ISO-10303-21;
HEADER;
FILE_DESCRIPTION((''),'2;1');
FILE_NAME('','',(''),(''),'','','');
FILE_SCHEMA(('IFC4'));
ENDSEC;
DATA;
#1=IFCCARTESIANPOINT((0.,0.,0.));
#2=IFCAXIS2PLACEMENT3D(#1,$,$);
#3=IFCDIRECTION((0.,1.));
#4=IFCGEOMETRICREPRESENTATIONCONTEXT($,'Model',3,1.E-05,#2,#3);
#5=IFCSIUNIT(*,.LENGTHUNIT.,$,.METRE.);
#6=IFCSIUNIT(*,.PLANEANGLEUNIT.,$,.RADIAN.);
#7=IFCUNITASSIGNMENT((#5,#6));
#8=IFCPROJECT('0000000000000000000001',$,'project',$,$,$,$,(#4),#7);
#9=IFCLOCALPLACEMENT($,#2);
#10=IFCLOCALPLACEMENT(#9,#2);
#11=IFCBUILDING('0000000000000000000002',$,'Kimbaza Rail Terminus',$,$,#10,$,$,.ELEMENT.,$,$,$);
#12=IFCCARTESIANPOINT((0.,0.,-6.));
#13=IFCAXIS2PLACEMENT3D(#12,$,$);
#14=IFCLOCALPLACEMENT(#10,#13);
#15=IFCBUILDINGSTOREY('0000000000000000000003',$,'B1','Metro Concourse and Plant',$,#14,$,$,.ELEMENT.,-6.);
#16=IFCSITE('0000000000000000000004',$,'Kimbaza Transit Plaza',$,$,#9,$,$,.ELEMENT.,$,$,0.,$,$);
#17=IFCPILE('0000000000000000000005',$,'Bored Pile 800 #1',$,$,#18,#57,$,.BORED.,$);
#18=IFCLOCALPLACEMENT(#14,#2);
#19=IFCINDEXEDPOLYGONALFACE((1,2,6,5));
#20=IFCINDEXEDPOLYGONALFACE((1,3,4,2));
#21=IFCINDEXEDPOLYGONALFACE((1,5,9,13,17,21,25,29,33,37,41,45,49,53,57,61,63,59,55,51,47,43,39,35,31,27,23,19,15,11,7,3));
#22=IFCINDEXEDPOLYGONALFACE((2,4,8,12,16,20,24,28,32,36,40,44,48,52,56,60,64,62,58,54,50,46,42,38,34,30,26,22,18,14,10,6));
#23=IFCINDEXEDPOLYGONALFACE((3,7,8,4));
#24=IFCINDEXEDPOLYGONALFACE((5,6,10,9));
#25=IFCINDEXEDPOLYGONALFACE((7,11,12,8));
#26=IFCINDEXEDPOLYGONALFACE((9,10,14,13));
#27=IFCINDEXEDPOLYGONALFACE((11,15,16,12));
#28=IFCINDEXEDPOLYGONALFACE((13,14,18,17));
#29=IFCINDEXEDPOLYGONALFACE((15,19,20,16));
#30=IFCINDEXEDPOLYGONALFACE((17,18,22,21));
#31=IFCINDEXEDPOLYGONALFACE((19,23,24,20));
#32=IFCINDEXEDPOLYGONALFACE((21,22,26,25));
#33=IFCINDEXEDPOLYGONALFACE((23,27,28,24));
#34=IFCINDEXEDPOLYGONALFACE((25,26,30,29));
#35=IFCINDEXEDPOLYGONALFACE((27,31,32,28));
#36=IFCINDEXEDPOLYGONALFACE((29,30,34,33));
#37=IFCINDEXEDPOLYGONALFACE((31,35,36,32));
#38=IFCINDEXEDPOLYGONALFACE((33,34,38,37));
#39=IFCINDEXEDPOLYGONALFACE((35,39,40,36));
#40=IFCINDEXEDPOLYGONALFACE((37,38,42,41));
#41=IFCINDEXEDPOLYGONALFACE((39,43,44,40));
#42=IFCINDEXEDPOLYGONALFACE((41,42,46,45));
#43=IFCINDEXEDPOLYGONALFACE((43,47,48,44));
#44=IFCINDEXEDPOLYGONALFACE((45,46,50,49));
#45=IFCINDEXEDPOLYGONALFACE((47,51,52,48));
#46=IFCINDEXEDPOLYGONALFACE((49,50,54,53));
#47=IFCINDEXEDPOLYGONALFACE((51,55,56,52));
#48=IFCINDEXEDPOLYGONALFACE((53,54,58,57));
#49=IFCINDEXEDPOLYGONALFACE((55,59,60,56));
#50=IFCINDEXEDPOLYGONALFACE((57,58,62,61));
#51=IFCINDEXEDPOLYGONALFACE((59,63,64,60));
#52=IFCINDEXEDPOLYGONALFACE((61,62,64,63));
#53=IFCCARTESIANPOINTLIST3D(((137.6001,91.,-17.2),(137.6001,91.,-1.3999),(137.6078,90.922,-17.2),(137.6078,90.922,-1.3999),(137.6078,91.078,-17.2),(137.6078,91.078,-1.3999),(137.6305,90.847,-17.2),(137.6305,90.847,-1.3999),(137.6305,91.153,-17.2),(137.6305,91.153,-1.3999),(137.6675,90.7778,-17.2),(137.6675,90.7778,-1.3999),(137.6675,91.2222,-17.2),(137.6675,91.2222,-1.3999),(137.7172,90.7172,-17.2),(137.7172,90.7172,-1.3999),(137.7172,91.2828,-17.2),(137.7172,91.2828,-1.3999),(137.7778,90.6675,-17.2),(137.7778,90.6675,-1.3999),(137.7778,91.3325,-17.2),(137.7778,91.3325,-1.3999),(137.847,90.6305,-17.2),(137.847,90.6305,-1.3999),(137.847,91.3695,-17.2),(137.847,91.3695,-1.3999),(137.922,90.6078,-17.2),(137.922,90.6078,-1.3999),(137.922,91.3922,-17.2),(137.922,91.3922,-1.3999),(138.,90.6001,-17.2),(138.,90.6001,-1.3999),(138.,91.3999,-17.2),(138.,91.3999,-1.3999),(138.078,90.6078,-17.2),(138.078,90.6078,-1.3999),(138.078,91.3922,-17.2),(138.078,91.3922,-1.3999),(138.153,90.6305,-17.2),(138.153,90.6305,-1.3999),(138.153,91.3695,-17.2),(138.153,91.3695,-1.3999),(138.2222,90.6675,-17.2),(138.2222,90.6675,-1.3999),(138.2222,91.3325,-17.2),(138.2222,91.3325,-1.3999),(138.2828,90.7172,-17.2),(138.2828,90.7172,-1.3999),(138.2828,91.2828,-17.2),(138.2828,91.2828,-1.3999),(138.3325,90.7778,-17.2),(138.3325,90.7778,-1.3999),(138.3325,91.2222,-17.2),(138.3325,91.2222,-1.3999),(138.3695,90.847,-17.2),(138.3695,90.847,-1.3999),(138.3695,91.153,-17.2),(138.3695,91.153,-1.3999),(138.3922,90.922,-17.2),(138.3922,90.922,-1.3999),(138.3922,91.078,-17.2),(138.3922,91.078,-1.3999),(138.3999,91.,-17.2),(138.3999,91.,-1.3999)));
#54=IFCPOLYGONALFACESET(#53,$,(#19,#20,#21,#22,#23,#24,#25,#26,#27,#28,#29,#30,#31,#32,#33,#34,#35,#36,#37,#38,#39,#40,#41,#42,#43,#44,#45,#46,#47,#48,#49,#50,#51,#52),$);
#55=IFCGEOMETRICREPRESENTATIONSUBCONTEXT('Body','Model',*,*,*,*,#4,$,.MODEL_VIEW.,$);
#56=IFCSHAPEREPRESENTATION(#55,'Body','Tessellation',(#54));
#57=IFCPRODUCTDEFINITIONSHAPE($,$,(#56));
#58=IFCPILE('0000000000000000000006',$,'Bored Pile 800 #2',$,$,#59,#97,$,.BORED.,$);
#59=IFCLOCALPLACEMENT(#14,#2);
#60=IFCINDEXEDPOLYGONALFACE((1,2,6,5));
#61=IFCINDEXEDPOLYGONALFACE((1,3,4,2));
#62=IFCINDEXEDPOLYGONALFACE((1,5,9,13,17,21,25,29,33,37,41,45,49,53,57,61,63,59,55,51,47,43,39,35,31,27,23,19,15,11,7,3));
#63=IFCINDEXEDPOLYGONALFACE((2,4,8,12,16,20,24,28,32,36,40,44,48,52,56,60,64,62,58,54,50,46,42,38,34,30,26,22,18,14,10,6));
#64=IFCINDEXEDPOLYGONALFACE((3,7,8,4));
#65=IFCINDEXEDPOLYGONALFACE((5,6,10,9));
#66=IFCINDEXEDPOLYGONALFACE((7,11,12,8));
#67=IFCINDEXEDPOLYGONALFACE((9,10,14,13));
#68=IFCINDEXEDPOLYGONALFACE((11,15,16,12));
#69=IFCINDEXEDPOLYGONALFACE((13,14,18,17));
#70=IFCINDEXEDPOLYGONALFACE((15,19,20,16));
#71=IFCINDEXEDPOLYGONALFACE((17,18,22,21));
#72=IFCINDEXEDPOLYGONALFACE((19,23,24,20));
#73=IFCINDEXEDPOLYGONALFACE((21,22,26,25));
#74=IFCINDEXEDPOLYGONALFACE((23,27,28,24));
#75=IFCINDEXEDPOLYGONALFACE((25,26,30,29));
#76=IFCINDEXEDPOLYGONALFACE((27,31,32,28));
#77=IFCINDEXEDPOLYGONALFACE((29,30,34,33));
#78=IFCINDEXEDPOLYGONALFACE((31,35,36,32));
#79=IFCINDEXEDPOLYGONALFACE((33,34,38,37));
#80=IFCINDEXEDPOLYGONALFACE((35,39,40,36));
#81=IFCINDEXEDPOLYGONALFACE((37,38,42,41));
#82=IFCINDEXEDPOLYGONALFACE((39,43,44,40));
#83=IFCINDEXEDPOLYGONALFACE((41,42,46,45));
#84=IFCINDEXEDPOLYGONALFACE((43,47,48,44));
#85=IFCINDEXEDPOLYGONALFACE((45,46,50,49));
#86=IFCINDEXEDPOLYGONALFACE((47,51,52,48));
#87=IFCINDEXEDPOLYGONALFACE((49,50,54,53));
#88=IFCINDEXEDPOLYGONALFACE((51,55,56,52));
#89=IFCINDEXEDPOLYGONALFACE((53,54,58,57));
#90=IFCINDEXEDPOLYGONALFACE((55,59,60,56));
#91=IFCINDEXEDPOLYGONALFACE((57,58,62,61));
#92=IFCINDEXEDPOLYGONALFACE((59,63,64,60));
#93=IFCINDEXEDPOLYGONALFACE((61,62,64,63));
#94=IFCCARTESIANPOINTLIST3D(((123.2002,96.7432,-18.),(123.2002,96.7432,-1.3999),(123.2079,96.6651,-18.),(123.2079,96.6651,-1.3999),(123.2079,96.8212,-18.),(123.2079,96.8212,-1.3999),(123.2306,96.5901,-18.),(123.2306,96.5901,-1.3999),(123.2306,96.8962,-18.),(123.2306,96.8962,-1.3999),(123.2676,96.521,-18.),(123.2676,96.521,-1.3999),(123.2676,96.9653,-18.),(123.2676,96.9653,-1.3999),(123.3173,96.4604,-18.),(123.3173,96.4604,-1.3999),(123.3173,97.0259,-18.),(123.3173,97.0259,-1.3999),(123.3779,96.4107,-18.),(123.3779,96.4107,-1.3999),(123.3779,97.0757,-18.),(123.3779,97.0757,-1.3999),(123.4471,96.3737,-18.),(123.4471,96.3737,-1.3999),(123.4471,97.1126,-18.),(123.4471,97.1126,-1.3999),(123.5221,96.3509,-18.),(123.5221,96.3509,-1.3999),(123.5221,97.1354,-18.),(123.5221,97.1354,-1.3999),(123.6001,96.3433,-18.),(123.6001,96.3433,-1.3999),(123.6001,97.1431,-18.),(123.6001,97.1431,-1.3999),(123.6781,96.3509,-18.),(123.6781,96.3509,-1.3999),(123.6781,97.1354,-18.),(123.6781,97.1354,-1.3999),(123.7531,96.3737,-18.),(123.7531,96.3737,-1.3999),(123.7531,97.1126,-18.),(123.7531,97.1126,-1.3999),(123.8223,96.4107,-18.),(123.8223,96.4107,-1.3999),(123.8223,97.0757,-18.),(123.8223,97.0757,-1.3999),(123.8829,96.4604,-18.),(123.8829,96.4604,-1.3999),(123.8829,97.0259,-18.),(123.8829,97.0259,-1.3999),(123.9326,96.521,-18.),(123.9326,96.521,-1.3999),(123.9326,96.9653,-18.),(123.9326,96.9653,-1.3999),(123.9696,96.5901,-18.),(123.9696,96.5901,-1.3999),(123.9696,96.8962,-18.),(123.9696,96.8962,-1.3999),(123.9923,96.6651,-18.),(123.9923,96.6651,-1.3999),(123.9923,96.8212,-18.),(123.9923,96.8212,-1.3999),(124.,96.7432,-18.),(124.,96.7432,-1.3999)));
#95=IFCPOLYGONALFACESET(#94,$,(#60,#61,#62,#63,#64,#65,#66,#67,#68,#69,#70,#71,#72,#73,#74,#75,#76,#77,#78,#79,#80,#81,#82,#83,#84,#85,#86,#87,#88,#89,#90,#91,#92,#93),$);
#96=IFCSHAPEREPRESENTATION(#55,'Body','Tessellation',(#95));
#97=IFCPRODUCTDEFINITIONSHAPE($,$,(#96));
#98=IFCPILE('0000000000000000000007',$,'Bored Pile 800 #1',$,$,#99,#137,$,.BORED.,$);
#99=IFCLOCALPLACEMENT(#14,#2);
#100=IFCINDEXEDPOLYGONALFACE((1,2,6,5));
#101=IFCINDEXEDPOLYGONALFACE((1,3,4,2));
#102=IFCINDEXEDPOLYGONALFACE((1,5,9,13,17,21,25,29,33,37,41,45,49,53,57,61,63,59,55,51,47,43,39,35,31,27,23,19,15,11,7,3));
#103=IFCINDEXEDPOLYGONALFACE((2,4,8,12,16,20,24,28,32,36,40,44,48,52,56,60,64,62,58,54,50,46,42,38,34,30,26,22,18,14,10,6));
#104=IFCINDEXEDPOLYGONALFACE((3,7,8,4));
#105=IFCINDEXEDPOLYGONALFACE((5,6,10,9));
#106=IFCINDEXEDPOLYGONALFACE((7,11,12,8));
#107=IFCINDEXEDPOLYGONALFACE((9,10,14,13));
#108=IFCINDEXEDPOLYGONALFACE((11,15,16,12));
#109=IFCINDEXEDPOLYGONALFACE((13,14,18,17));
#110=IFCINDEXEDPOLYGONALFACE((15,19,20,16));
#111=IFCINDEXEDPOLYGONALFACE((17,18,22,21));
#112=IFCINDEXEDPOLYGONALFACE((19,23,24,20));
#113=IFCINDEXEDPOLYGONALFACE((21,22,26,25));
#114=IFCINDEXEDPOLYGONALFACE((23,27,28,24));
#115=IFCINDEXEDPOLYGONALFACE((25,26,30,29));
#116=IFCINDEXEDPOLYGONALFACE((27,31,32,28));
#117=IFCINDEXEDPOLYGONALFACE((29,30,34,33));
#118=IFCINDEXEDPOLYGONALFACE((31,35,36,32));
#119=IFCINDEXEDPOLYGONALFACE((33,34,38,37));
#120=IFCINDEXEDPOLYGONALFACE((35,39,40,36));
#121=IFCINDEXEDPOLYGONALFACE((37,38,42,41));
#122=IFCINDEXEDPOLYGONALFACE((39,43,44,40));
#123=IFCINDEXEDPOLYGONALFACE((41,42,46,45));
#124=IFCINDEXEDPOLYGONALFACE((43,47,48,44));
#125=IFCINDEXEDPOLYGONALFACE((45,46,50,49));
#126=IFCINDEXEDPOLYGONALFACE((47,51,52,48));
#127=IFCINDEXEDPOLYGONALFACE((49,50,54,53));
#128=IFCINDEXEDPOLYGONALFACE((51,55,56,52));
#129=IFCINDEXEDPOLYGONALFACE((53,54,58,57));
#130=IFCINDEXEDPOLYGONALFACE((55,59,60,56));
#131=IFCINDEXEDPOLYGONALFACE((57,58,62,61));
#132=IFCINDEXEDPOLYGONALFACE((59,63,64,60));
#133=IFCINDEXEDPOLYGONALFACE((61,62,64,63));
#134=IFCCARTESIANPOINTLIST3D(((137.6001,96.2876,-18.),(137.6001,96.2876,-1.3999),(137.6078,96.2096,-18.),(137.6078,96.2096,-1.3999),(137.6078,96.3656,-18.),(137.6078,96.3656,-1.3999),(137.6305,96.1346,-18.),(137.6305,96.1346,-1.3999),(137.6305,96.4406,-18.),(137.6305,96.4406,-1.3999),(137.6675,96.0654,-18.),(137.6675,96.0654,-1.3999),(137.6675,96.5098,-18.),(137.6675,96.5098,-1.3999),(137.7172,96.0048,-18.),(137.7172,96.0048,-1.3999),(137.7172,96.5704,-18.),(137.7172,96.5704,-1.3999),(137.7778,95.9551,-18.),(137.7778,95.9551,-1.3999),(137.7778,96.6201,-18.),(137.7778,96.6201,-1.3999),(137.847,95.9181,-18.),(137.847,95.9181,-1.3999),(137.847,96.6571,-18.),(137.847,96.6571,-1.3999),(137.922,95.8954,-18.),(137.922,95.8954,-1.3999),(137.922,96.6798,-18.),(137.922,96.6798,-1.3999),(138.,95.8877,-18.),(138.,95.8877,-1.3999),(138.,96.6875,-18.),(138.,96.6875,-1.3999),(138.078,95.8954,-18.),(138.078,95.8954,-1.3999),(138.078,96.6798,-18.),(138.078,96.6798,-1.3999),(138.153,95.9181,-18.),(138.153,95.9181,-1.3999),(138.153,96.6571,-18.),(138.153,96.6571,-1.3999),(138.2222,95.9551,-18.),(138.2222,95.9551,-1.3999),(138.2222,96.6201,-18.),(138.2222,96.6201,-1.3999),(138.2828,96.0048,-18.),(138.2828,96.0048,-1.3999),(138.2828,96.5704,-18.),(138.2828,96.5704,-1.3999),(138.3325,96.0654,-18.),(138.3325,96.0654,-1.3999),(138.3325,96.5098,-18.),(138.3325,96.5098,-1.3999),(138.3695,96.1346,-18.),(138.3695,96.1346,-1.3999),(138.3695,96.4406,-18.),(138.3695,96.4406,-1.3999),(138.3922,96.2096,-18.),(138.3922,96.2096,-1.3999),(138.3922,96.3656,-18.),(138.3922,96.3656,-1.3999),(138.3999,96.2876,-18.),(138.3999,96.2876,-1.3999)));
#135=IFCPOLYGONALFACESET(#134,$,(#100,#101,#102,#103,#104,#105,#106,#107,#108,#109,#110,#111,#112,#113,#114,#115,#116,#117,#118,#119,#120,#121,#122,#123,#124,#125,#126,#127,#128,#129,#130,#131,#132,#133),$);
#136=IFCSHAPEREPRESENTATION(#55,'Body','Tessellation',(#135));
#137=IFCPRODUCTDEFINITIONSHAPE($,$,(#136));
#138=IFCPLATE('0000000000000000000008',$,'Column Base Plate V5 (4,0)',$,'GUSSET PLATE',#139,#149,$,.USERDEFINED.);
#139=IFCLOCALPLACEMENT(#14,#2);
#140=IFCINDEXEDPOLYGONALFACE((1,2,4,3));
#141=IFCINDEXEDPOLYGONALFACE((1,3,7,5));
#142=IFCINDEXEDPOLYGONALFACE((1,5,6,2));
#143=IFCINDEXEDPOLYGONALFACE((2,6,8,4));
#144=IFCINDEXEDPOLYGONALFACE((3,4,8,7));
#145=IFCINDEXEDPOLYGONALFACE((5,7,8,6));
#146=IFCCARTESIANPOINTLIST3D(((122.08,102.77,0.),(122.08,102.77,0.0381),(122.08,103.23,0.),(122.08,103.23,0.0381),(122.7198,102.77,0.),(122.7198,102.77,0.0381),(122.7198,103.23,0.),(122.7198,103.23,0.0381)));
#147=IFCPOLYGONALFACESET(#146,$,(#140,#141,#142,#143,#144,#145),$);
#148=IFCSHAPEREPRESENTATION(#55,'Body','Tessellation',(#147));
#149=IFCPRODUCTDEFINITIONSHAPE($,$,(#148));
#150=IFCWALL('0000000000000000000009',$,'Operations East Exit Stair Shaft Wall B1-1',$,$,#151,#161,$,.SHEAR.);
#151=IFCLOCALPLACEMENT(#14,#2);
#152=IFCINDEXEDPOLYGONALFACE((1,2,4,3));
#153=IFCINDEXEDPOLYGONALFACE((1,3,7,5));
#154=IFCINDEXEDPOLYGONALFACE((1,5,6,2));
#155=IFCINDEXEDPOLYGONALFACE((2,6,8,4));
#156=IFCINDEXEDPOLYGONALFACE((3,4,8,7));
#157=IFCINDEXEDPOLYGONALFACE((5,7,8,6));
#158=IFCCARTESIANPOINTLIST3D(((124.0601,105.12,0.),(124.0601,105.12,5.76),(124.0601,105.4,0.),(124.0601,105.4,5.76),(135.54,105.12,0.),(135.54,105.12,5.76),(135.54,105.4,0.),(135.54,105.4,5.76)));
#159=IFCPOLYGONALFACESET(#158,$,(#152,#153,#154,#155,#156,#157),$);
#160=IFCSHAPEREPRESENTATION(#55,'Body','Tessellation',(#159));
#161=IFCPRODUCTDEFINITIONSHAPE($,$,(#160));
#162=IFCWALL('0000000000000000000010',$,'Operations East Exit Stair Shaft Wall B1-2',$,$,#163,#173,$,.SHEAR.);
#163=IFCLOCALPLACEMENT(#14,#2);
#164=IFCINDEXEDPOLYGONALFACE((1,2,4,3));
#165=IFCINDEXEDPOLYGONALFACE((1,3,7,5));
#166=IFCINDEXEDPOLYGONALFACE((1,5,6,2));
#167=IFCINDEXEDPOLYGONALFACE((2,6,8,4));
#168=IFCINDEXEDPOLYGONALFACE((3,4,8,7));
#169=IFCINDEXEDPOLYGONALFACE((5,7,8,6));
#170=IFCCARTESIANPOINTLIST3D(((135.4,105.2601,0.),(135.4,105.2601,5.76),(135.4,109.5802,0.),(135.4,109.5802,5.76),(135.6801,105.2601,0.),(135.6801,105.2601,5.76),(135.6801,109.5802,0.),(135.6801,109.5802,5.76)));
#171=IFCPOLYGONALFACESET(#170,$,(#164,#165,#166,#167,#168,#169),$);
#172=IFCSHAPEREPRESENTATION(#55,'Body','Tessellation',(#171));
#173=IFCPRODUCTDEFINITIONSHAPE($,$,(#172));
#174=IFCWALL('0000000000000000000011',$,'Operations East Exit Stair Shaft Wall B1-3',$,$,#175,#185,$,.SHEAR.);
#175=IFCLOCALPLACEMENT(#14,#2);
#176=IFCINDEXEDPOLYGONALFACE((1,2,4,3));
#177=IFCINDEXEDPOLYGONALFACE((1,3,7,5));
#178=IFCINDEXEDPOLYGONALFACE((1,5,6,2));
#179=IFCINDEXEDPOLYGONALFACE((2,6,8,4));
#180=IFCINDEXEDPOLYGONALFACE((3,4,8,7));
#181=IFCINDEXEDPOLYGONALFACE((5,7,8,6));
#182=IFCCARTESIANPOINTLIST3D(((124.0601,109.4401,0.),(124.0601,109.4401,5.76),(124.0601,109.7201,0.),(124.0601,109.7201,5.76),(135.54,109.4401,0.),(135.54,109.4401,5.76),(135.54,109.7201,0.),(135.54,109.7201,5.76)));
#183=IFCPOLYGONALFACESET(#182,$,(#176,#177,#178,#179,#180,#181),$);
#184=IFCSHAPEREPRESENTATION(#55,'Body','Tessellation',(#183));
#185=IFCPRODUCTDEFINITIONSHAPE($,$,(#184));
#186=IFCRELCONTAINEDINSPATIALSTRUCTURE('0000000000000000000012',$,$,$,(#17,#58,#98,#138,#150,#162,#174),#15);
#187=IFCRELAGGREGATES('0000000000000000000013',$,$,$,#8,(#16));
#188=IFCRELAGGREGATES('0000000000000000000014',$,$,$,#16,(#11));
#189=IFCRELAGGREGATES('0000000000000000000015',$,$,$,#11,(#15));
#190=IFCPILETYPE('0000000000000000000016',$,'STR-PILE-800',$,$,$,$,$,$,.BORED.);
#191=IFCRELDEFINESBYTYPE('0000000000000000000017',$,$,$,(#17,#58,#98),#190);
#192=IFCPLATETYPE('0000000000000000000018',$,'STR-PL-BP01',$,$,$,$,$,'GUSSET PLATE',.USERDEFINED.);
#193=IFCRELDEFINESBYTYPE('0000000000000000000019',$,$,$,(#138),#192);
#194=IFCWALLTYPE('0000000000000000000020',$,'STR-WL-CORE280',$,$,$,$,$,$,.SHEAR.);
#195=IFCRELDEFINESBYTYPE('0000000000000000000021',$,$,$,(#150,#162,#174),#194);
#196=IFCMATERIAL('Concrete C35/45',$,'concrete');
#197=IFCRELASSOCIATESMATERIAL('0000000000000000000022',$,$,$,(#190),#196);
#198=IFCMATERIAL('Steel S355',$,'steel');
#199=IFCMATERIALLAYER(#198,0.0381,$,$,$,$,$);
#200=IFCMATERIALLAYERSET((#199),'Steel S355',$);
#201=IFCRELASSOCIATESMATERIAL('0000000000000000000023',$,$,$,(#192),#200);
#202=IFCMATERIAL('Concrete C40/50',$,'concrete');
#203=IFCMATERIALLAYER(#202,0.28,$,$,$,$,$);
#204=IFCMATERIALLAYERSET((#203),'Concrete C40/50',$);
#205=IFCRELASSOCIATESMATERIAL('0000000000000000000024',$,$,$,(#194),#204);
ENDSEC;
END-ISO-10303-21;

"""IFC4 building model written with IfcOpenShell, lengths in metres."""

from ifc_helpers import new_model, si_unit, direction, frame, frame_2d, origin, origin_2d, place, context, subcontext, project, spatial, rectangle, circle, extrude, material, layer, layer_set, material_profile, profile_set, type_object, element, save


model = new_model("IFC4")

# Units and contexts
model_context = context("Model", 3, precision=1e-05, world=origin(), true_north=direction((0.0, 1.0)))
body_context = subcontext(model_context, "Body", "Model", "MODEL_VIEW")
ifc_project = project(units=[si_unit("LENGTHUNIT", "METRE"), si_unit("PLANEANGLEUNIT", "RADIAN")], contexts=[model_context])

# Site, building, storey
site_placement = place(None, origin())
site = spatial("IfcSite", under=ifc_project, at=site_placement, Name="Kimbaza Transit Plaza", CompositionType="ELEMENT", RefElevation=0.0)
building_placement = place(site_placement, origin())
building = spatial("IfcBuilding", under=site, at=building_placement, Name="Kimbaza Rail Terminus", CompositionType="ELEMENT")
storey_placement = place(building_placement, frame((0.0, 0.0, -6.0)))
storey = spatial("IfcBuildingStorey", under=building, at=storey_placement, Name="B1", Description="Metro Concourse and Plant", CompositionType="ELEMENT", Elevation=-6.0)

# Piles
ifc_material_1 = material(Name="Concrete C35/45", Category="concrete")
ifc_material_profile_1 = material_profile(ifc_material_1, circle(Radius=0.3999, at=origin_2d()), Name="BORED PILE 800")
ifc_profile_set_1 = profile_set([ifc_material_profile_1], Name="Concrete C35/45")
pile_type = type_object("IfcPileType", Name="STR-PILE-800", PredefinedType="BORED", material=ifc_profile_set_1)
for number, where, z_axis, x_axis, name in (
    (1, (138.0, 91.0, -1.3999), (0.0, 0.0, -1.0), (1.0, 0.0, 0.0), "Bored Pile 800 #1"),
):
    element("IfcPile", number, at=place(storey_placement, frame(where, z_axis=z_axis, x_axis=x_axis)), inside=storey, type_object=pile_type, Name=name, PredefinedType="BORED", context=body_context, shape_type="SweptSolid", body=[
        extrude(circle(Radius=0.3999, at=origin_2d()), origin(), (0.0, 0.0, 1.0), 15.8),
    ])
for number, where, z_axis, x_axis, name in (
    (2, (123.6001, 96.7432, -1.3999), (0.0, 0.0, -1.0), (1.0, 0.0, 0.0), "Bored Pile 800 #2"),
    (3, (138.0, 96.2876, -1.3999), (0.0, 0.0, -1.0), (1.0, 0.0, 0.0), "Bored Pile 800 #1"),
):
    element("IfcPile", number, at=place(storey_placement, frame(where, z_axis=z_axis, x_axis=x_axis)), inside=storey, type_object=pile_type, Name=name, PredefinedType="BORED", context=body_context, shape_type="SweptSolid", body=[
        extrude(circle(Radius=0.3999, at=origin_2d()), origin(), (0.0, 0.0, 1.0), 16.6001),
    ])

# Plate
ifc_material_2 = material(Name="Steel S355", Category="steel")
ifc_layer_1 = layer(ifc_material_2, 0.0381)
ifc_layer_set_1 = layer_set([ifc_layer_1], Name="Steel S355")
plate_type = type_object("IfcPlateType", Name="STR-PL-BP01", ElementType="GUSSET PLATE", PredefinedType="USERDEFINED", material=ifc_layer_set_1)
plate_placement = place(storey_placement, frame((122.3999, 103.0, 0.0), z_axis=(0.0, 0.0, 1.0), x_axis=(1.0, 0.0, 0.0)))
element("IfcPlate", 4, at=plate_placement, inside=storey, type_object=plate_type, Name="Column Base Plate V5 (4,0)", ObjectType="GUSSET PLATE", PredefinedType="USERDEFINED", context=body_context, shape_type="SweptSolid", body=[
    extrude(rectangle(XDim=0.6399, YDim=0.46, at=origin_2d()), origin(), (0.0, 0.0, 1.0), 0.0381),
])

# Walls
ifc_material_3 = material(Name="Concrete C40/50", Category="concrete")
ifc_layer_2 = layer(ifc_material_3, 0.28)
ifc_layer_set_2 = layer_set([ifc_layer_2], Name="Concrete C40/50")
wall_type_1 = type_object("IfcWallType", Name="STR-WL-CORE280", PredefinedType="SHEAR", material=ifc_layer_set_2)
wall_1_placement = place(storey_placement, frame((124.0601, 105.26, 0.0), z_axis=(0.0, 0.0, 1.0), x_axis=(1.0, 0.0, 0.0)))
element("IfcWall", 5, at=wall_1_placement, inside=storey, type_object=wall_type_1, Name="Operations East Exit Stair Shaft Wall B1-1", PredefinedType="SHEAR", context=body_context, shape_type="SweptSolid", body=[
    extrude(rectangle(XDim=11.48, YDim=0.28, at=frame_2d((5.74, 0.0))), origin(), (0.0, 0.0, 1.0), 5.76),
])
wall_2_placement = place(storey_placement, frame((135.54, 105.26, 0.0), z_axis=(0.0, 0.0, 1.0), x_axis=(0.0, 1.0, 0.0)))
element("IfcWall", 6, at=wall_2_placement, inside=storey, type_object=wall_type_1, Name="Operations East Exit Stair Shaft Wall B1-2", PredefinedType="SHEAR", context=body_context, shape_type="SweptSolid", body=[
    extrude(rectangle(XDim=4.3201, YDim=0.28, at=frame_2d((2.1602, 0.0))), origin(), (0.0, 0.0, 1.0), 5.76),
])
wall_3_placement = place(storey_placement, frame((135.54, 109.5801, 0.0), z_axis=(0.0, 0.0, 1.0), x_axis=(-1.0, 0.0, 0.0)))
element("IfcWall", 7, at=wall_3_placement, inside=storey, type_object=wall_type_1, Name="Operations East Exit Stair Shaft Wall B1-3", PredefinedType="SHEAR", context=body_context, shape_type="SweptSolid", body=[
    extrude(rectangle(XDim=11.48, YDim=0.28, at=frame_2d((5.74, 0.0))), origin(), (0.0, 0.0, 1.0), 5.76),
])

save(model, "model.ifc")
